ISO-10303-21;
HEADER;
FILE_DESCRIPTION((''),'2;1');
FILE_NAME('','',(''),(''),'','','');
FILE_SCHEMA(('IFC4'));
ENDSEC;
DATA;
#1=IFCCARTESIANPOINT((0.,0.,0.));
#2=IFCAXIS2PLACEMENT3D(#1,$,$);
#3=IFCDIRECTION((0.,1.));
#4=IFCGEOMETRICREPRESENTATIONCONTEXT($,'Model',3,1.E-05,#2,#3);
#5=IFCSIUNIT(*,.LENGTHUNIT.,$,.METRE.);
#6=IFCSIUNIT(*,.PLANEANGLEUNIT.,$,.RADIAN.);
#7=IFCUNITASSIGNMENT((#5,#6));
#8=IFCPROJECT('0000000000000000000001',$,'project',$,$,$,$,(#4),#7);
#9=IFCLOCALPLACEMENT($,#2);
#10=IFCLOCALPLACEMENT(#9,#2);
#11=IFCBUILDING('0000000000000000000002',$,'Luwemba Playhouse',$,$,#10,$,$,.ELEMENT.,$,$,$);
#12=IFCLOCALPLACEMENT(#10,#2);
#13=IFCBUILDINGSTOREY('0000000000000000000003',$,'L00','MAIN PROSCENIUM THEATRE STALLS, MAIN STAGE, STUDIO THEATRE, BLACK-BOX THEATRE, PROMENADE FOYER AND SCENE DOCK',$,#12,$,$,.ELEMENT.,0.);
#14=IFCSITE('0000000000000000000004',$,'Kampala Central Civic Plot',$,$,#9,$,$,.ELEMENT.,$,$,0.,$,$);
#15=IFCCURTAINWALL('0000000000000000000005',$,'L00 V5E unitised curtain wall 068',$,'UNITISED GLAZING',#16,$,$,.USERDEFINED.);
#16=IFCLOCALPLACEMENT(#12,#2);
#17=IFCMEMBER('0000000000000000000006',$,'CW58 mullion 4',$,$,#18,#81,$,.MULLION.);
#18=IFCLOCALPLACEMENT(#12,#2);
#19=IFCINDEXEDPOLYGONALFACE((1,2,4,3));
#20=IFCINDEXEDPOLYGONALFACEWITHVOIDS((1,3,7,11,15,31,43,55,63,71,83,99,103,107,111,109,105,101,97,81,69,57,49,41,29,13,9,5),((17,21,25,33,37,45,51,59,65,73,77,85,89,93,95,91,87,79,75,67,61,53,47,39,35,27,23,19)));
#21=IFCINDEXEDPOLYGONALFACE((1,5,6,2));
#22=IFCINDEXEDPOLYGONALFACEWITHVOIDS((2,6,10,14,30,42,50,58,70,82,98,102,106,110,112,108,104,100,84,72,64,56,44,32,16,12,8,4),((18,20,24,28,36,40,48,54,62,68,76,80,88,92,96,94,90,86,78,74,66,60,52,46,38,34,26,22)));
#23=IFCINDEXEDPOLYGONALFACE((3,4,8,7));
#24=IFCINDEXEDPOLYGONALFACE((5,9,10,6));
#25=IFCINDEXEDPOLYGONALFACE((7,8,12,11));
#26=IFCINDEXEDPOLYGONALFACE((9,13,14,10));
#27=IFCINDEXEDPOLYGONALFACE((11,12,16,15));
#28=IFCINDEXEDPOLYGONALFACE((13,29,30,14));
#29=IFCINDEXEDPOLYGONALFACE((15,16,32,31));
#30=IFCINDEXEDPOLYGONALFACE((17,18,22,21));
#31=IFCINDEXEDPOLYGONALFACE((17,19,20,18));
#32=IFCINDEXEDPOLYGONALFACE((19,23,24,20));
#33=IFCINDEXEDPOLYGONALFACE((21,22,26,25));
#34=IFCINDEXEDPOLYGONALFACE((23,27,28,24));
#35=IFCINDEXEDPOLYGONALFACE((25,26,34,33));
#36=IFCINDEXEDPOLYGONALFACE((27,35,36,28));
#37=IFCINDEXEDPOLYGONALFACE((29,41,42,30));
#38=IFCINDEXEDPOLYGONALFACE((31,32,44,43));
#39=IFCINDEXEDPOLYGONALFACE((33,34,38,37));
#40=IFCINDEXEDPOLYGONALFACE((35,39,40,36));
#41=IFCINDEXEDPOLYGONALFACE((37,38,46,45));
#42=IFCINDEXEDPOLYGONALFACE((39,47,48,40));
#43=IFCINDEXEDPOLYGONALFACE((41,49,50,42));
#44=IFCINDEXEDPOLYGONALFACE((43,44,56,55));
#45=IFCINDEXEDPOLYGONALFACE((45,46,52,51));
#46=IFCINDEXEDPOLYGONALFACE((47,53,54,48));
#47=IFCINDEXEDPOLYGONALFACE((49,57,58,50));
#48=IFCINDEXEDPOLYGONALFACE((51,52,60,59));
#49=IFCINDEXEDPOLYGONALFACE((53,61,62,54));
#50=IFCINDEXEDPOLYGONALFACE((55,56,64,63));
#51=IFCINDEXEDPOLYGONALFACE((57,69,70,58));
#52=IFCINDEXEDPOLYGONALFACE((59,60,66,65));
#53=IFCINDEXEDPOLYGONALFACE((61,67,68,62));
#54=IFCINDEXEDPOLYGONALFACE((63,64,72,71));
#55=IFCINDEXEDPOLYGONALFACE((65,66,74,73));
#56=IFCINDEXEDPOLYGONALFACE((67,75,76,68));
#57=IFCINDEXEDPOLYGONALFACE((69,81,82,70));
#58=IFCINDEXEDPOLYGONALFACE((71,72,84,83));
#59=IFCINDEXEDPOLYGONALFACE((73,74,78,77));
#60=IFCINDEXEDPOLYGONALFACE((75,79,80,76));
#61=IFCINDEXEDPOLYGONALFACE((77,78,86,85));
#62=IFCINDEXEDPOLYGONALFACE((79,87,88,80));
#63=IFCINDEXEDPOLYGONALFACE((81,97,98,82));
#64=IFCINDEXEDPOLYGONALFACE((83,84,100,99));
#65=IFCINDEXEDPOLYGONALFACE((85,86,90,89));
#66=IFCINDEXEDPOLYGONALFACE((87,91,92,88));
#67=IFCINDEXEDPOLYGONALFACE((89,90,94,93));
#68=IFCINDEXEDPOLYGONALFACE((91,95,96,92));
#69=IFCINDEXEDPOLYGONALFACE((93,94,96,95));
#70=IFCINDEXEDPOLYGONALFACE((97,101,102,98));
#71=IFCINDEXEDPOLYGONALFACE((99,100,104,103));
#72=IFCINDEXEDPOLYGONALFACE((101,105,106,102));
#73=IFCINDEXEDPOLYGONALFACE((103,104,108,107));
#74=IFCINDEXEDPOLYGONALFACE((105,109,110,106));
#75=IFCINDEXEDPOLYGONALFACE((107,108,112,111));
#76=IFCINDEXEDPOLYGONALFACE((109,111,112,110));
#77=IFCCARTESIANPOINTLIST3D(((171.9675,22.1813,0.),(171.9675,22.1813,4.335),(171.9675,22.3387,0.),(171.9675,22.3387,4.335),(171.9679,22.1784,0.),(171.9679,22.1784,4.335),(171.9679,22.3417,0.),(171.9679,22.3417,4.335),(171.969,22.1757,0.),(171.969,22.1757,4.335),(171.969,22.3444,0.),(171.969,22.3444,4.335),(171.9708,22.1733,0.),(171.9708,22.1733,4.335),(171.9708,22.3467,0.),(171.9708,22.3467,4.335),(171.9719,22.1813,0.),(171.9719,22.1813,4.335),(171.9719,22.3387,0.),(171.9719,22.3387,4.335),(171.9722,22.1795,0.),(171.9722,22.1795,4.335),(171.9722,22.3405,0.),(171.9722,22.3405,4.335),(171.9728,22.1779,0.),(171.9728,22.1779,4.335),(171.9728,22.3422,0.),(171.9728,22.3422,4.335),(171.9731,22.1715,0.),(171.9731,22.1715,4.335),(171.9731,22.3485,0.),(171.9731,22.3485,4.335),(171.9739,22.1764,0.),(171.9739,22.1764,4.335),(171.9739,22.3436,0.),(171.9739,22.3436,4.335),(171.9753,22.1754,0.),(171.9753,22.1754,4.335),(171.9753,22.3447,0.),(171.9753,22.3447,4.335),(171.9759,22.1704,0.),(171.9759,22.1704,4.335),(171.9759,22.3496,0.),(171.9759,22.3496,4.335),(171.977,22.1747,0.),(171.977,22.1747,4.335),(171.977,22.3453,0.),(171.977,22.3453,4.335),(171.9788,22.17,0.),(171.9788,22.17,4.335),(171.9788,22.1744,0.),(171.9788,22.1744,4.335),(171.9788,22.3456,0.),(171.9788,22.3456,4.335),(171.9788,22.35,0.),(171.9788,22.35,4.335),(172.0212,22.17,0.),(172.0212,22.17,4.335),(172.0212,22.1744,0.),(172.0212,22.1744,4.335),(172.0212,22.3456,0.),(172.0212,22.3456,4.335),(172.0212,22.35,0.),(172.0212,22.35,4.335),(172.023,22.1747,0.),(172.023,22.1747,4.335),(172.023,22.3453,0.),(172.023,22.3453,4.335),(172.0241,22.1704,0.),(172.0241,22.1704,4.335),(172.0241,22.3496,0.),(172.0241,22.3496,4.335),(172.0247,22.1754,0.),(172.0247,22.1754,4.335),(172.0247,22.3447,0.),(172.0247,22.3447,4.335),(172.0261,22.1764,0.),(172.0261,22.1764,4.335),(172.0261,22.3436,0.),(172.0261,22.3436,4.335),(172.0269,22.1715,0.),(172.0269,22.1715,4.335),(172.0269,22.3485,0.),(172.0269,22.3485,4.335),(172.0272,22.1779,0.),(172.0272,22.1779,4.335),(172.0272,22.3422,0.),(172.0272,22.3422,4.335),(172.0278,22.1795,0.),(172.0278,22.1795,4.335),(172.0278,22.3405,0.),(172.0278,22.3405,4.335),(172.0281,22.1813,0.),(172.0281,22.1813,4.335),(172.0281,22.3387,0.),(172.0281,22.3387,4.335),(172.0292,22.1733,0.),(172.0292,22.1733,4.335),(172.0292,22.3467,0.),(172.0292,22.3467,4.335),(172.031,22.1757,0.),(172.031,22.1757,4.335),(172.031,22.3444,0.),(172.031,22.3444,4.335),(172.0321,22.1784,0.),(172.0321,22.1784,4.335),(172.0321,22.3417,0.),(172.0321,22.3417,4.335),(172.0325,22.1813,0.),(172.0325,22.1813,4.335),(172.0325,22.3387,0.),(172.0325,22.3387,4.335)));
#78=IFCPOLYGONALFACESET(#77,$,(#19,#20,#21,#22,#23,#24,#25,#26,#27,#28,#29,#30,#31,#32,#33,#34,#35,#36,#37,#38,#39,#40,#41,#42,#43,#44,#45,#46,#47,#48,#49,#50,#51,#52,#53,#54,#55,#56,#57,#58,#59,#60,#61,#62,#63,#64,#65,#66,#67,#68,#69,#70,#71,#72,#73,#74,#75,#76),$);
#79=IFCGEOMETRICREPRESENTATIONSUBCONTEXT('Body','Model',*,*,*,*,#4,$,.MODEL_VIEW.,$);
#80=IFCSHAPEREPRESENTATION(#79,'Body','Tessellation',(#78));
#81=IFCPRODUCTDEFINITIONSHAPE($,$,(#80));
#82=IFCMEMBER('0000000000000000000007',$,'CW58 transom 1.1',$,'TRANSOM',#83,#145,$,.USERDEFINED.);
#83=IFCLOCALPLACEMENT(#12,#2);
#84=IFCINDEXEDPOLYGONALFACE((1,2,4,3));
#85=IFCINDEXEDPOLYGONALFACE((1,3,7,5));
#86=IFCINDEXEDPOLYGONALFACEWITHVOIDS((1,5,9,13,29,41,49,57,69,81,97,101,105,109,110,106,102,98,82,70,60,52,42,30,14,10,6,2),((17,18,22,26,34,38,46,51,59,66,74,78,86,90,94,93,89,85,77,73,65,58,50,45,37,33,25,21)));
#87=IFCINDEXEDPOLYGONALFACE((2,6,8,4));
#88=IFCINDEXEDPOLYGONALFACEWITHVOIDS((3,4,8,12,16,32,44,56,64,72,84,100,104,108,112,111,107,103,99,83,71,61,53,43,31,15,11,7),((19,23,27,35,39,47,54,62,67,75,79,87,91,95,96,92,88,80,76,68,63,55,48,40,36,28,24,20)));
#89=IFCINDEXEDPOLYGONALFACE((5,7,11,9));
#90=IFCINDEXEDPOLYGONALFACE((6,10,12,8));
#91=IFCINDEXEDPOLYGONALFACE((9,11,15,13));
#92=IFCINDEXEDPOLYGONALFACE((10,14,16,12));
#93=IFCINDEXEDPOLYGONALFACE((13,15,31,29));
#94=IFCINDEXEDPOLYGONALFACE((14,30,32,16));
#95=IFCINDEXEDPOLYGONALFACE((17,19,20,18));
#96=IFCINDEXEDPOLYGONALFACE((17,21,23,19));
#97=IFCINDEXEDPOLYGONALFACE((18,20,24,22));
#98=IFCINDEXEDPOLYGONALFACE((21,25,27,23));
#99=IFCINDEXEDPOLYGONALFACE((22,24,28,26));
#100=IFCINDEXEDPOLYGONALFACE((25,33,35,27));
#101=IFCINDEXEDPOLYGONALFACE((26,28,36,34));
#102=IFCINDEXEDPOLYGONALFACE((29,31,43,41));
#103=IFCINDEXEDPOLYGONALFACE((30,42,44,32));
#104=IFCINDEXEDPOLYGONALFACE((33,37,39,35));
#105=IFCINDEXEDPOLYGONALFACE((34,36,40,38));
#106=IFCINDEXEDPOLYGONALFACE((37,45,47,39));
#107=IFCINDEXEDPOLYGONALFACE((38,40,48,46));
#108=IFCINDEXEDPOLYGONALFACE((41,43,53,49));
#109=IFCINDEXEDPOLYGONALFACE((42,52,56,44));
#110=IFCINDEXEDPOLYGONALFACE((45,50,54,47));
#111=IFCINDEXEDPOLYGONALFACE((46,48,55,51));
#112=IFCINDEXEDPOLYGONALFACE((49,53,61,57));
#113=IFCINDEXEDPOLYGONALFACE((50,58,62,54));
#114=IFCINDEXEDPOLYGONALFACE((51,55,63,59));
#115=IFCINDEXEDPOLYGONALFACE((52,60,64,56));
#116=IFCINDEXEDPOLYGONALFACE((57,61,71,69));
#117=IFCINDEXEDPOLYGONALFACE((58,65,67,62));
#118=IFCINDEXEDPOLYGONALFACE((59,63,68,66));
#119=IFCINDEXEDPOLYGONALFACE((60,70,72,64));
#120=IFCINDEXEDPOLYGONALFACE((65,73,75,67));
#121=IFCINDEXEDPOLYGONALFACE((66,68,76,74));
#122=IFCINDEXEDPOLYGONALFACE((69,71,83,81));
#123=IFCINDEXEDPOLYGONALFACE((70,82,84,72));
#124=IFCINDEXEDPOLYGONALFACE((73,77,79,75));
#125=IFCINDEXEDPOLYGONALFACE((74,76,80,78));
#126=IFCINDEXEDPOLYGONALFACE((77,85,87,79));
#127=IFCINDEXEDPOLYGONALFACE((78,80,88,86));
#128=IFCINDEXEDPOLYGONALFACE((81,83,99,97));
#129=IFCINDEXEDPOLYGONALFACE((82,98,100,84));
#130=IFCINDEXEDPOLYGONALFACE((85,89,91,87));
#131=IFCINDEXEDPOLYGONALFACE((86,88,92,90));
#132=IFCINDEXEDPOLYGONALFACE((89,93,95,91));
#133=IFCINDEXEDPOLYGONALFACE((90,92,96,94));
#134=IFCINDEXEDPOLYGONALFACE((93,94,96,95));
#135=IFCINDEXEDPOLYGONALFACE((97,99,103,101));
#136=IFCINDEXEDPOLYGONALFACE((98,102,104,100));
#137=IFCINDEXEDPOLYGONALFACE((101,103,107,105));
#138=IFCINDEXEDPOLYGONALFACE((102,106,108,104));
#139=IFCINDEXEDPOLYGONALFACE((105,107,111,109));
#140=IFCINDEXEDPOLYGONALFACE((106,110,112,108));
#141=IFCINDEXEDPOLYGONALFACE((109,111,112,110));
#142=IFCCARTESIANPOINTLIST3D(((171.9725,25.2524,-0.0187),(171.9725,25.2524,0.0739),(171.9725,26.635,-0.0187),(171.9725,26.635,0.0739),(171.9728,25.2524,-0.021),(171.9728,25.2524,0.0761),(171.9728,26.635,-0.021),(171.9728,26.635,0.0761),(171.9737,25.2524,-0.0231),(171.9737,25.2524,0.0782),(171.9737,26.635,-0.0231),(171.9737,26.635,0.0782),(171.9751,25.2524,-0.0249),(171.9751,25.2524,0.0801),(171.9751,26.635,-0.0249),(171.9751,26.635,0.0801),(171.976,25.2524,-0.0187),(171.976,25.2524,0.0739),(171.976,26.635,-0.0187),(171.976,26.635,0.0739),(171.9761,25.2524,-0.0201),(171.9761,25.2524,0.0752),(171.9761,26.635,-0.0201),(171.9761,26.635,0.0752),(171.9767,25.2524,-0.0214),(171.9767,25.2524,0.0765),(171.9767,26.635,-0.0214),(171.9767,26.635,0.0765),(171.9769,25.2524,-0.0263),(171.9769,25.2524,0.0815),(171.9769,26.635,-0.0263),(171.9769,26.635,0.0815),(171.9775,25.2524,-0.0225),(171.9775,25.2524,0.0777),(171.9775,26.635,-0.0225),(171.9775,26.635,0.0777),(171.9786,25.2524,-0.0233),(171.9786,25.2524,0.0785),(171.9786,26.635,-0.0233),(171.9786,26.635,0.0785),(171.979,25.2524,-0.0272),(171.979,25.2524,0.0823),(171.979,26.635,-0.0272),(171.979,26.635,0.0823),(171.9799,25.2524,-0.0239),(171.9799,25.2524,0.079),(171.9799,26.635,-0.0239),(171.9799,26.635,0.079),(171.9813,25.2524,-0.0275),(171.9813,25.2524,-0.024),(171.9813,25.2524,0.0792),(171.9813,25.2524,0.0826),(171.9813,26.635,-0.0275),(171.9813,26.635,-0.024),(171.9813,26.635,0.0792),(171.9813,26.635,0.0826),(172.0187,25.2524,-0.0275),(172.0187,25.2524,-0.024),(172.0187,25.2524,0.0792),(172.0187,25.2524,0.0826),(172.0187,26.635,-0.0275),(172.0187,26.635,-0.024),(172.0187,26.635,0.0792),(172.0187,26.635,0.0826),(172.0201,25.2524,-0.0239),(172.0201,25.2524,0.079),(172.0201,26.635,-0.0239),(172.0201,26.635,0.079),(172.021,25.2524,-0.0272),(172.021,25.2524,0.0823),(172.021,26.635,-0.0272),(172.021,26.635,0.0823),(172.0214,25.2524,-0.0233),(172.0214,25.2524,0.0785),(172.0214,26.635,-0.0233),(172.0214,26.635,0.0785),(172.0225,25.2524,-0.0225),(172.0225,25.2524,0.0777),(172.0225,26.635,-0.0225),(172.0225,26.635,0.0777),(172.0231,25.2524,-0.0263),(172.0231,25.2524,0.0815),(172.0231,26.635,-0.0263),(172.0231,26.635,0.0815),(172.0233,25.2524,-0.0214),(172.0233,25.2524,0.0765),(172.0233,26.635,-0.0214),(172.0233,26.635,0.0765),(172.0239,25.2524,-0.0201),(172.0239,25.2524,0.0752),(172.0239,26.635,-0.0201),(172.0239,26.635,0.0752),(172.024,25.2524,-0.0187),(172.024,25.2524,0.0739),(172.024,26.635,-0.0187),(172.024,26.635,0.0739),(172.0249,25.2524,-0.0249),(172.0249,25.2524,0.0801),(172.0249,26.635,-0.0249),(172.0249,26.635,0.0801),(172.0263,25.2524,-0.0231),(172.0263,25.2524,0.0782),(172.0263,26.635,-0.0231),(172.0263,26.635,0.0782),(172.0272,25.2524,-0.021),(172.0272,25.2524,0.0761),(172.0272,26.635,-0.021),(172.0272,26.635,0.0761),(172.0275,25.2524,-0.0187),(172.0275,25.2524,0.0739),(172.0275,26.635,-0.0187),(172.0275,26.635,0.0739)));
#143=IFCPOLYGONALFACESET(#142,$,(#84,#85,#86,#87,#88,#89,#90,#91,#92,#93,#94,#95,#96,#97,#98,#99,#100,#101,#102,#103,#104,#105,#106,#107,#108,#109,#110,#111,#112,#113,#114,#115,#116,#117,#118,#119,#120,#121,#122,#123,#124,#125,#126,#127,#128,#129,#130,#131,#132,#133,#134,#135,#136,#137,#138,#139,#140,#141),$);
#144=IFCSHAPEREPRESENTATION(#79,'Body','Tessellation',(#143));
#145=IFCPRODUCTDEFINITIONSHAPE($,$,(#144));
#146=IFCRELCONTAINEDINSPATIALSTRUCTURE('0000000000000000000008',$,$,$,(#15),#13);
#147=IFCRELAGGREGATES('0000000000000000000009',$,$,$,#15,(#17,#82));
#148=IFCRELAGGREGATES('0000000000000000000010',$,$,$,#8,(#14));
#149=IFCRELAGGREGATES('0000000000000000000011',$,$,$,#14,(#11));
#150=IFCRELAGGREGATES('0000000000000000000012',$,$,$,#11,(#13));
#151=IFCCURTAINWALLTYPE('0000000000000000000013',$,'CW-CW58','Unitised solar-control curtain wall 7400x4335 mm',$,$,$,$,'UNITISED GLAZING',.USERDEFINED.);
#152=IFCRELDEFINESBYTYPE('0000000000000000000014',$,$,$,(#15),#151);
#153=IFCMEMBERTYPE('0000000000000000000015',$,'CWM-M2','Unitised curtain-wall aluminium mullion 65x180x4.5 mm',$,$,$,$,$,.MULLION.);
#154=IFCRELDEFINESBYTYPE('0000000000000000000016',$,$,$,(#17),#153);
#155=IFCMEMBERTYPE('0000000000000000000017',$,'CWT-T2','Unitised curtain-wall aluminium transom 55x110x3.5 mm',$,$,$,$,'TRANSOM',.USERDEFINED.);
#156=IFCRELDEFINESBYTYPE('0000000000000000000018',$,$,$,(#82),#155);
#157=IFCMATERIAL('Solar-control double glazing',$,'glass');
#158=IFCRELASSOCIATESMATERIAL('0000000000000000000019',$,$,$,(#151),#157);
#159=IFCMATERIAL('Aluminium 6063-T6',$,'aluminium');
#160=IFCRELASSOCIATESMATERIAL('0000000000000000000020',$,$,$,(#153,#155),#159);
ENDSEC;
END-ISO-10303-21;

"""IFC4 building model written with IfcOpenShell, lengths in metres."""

from ifc_helpers import new_model, si_unit, direction, frame, origin, origin_2d, place, context, subcontext, project, spatial, hollow_rectangle, extrude, material, material_profile, profile_set, type_object, element, aggregate, save


model = new_model("IFC4")

# Units and contexts
model_context = context("Model", 3, precision=1e-05, world=origin(), true_north=direction((0.0, 1.0)))
body_context = subcontext(model_context, "Body", "Model", "MODEL_VIEW")
ifc_project = project(units=[si_unit("LENGTHUNIT", "METRE"), si_unit("PLANEANGLEUNIT", "RADIAN")], contexts=[model_context])

# Site, building, storey
site_placement = place(None, origin())
site = spatial("IfcSite", under=ifc_project, at=site_placement, Name="Kampala Central Civic Plot", CompositionType="ELEMENT", RefElevation=0.0)
building_placement = place(site_placement, origin())
building = spatial("IfcBuilding", under=site, at=building_placement, Name="Luwemba Playhouse", CompositionType="ELEMENT")
storey_placement = place(building_placement, origin())
storey = spatial("IfcBuildingStorey", under=building, at=storey_placement, Name="L00", Description="MAIN PROSCENIUM THEATRE STALLS, MAIN STAGE, STUDIO THEATRE, BLACK-BOX THEATRE, PROMENADE FOYER AND SCENE DOCK", CompositionType="ELEMENT", Elevation=0.0)

# Shared definitions
ifc_material_1 = material(Name="Solar-control double glazing", Category="glass")
ifc_material_2 = material(Name="Aluminium 6063-T6", Category="aluminium")

# Curtain wall, members
curtain_wall_type_1 = type_object("IfcCurtainWallType", Name="CW-CW58", Description="Unitised solar-control curtain wall 7400x4335 mm", ElementType="UNITISED GLAZING", PredefinedType="USERDEFINED", material=ifc_material_1)
curtain_wall_1_placement = place(storey_placement, origin())
curtain_wall_1 = element("IfcCurtainWall", 1, at=curtain_wall_1_placement, inside=storey, type_object=curtain_wall_type_1, Name="L00 V5E unitised curtain wall 068", ObjectType="UNITISED GLAZING", PredefinedType="USERDEFINED")
ifc_material_profile_1 = material_profile(ifc_material_2, hollow_rectangle(XDim=0.0649, YDim=0.1799, WallThickness=0.0044, InnerFilletRadius=0.0068, OuterFilletRadius=0.0112, at=origin_2d()))
ifc_profile_set_1 = profile_set([ifc_material_profile_1], Name="Aluminium 6063-T6")
member_type_1 = type_object("IfcMemberType", Name="CWM-M2", Description="Unitised curtain-wall aluminium mullion 65x180x4.5 mm", PredefinedType="MULLION", material=ifc_profile_set_1)
member_1_placement = place(storey_placement, frame((172.0, 22.26, 0.0), z_axis=(0.0, 0.0, 1.0), x_axis=(1.0, 0.0, 0.0)))
member_1 = element("IfcMember", 2, at=member_1_placement, type_object=member_type_1, Name="CW58 mullion 4", PredefinedType="MULLION", context=body_context, shape_type="SweptSolid", body=[
    extrude(hollow_rectangle(XDim=0.0649, YDim=0.1799, WallThickness=0.0044, InnerFilletRadius=0.0068, OuterFilletRadius=0.0112, at=origin_2d()), origin(), (0.0, 0.0, 1.0), 4.335),
])
ifc_material_profile_2 = material_profile(ifc_material_2, hollow_rectangle(XDim=0.0549, YDim=0.1101, WallThickness=0.0034, InnerFilletRadius=0.0054, OuterFilletRadius=0.0088, at=origin_2d()))
ifc_profile_set_2 = profile_set([ifc_material_profile_2], Name="Aluminium 6063-T6")
member_type_2 = type_object("IfcMemberType", Name="CWT-T2", Description="Unitised curtain-wall aluminium transom 55x110x3.5 mm", ElementType="TRANSOM", PredefinedType="USERDEFINED", material=ifc_profile_set_2)
member_2_placement = place(storey_placement, frame((172.0, 26.635, 0.0276), z_axis=(0.0, -1.0, 0.0), x_axis=(1.0, 0.0, 0.0)))
member_2 = element("IfcMember", 3, at=member_2_placement, type_object=member_type_2, Name="CW58 transom 1.1", ObjectType="TRANSOM", PredefinedType="USERDEFINED", context=body_context, shape_type="SweptSolid", body=[
    extrude(hollow_rectangle(XDim=0.0549, YDim=0.1101, WallThickness=0.0034, InnerFilletRadius=0.0054, OuterFilletRadius=0.0088, at=origin_2d()), origin(), (0.0, 0.0, 1.0), 1.3826),
])

aggregate(curtain_wall_1, [member_1, member_2])

save(model, "model.ifc")
